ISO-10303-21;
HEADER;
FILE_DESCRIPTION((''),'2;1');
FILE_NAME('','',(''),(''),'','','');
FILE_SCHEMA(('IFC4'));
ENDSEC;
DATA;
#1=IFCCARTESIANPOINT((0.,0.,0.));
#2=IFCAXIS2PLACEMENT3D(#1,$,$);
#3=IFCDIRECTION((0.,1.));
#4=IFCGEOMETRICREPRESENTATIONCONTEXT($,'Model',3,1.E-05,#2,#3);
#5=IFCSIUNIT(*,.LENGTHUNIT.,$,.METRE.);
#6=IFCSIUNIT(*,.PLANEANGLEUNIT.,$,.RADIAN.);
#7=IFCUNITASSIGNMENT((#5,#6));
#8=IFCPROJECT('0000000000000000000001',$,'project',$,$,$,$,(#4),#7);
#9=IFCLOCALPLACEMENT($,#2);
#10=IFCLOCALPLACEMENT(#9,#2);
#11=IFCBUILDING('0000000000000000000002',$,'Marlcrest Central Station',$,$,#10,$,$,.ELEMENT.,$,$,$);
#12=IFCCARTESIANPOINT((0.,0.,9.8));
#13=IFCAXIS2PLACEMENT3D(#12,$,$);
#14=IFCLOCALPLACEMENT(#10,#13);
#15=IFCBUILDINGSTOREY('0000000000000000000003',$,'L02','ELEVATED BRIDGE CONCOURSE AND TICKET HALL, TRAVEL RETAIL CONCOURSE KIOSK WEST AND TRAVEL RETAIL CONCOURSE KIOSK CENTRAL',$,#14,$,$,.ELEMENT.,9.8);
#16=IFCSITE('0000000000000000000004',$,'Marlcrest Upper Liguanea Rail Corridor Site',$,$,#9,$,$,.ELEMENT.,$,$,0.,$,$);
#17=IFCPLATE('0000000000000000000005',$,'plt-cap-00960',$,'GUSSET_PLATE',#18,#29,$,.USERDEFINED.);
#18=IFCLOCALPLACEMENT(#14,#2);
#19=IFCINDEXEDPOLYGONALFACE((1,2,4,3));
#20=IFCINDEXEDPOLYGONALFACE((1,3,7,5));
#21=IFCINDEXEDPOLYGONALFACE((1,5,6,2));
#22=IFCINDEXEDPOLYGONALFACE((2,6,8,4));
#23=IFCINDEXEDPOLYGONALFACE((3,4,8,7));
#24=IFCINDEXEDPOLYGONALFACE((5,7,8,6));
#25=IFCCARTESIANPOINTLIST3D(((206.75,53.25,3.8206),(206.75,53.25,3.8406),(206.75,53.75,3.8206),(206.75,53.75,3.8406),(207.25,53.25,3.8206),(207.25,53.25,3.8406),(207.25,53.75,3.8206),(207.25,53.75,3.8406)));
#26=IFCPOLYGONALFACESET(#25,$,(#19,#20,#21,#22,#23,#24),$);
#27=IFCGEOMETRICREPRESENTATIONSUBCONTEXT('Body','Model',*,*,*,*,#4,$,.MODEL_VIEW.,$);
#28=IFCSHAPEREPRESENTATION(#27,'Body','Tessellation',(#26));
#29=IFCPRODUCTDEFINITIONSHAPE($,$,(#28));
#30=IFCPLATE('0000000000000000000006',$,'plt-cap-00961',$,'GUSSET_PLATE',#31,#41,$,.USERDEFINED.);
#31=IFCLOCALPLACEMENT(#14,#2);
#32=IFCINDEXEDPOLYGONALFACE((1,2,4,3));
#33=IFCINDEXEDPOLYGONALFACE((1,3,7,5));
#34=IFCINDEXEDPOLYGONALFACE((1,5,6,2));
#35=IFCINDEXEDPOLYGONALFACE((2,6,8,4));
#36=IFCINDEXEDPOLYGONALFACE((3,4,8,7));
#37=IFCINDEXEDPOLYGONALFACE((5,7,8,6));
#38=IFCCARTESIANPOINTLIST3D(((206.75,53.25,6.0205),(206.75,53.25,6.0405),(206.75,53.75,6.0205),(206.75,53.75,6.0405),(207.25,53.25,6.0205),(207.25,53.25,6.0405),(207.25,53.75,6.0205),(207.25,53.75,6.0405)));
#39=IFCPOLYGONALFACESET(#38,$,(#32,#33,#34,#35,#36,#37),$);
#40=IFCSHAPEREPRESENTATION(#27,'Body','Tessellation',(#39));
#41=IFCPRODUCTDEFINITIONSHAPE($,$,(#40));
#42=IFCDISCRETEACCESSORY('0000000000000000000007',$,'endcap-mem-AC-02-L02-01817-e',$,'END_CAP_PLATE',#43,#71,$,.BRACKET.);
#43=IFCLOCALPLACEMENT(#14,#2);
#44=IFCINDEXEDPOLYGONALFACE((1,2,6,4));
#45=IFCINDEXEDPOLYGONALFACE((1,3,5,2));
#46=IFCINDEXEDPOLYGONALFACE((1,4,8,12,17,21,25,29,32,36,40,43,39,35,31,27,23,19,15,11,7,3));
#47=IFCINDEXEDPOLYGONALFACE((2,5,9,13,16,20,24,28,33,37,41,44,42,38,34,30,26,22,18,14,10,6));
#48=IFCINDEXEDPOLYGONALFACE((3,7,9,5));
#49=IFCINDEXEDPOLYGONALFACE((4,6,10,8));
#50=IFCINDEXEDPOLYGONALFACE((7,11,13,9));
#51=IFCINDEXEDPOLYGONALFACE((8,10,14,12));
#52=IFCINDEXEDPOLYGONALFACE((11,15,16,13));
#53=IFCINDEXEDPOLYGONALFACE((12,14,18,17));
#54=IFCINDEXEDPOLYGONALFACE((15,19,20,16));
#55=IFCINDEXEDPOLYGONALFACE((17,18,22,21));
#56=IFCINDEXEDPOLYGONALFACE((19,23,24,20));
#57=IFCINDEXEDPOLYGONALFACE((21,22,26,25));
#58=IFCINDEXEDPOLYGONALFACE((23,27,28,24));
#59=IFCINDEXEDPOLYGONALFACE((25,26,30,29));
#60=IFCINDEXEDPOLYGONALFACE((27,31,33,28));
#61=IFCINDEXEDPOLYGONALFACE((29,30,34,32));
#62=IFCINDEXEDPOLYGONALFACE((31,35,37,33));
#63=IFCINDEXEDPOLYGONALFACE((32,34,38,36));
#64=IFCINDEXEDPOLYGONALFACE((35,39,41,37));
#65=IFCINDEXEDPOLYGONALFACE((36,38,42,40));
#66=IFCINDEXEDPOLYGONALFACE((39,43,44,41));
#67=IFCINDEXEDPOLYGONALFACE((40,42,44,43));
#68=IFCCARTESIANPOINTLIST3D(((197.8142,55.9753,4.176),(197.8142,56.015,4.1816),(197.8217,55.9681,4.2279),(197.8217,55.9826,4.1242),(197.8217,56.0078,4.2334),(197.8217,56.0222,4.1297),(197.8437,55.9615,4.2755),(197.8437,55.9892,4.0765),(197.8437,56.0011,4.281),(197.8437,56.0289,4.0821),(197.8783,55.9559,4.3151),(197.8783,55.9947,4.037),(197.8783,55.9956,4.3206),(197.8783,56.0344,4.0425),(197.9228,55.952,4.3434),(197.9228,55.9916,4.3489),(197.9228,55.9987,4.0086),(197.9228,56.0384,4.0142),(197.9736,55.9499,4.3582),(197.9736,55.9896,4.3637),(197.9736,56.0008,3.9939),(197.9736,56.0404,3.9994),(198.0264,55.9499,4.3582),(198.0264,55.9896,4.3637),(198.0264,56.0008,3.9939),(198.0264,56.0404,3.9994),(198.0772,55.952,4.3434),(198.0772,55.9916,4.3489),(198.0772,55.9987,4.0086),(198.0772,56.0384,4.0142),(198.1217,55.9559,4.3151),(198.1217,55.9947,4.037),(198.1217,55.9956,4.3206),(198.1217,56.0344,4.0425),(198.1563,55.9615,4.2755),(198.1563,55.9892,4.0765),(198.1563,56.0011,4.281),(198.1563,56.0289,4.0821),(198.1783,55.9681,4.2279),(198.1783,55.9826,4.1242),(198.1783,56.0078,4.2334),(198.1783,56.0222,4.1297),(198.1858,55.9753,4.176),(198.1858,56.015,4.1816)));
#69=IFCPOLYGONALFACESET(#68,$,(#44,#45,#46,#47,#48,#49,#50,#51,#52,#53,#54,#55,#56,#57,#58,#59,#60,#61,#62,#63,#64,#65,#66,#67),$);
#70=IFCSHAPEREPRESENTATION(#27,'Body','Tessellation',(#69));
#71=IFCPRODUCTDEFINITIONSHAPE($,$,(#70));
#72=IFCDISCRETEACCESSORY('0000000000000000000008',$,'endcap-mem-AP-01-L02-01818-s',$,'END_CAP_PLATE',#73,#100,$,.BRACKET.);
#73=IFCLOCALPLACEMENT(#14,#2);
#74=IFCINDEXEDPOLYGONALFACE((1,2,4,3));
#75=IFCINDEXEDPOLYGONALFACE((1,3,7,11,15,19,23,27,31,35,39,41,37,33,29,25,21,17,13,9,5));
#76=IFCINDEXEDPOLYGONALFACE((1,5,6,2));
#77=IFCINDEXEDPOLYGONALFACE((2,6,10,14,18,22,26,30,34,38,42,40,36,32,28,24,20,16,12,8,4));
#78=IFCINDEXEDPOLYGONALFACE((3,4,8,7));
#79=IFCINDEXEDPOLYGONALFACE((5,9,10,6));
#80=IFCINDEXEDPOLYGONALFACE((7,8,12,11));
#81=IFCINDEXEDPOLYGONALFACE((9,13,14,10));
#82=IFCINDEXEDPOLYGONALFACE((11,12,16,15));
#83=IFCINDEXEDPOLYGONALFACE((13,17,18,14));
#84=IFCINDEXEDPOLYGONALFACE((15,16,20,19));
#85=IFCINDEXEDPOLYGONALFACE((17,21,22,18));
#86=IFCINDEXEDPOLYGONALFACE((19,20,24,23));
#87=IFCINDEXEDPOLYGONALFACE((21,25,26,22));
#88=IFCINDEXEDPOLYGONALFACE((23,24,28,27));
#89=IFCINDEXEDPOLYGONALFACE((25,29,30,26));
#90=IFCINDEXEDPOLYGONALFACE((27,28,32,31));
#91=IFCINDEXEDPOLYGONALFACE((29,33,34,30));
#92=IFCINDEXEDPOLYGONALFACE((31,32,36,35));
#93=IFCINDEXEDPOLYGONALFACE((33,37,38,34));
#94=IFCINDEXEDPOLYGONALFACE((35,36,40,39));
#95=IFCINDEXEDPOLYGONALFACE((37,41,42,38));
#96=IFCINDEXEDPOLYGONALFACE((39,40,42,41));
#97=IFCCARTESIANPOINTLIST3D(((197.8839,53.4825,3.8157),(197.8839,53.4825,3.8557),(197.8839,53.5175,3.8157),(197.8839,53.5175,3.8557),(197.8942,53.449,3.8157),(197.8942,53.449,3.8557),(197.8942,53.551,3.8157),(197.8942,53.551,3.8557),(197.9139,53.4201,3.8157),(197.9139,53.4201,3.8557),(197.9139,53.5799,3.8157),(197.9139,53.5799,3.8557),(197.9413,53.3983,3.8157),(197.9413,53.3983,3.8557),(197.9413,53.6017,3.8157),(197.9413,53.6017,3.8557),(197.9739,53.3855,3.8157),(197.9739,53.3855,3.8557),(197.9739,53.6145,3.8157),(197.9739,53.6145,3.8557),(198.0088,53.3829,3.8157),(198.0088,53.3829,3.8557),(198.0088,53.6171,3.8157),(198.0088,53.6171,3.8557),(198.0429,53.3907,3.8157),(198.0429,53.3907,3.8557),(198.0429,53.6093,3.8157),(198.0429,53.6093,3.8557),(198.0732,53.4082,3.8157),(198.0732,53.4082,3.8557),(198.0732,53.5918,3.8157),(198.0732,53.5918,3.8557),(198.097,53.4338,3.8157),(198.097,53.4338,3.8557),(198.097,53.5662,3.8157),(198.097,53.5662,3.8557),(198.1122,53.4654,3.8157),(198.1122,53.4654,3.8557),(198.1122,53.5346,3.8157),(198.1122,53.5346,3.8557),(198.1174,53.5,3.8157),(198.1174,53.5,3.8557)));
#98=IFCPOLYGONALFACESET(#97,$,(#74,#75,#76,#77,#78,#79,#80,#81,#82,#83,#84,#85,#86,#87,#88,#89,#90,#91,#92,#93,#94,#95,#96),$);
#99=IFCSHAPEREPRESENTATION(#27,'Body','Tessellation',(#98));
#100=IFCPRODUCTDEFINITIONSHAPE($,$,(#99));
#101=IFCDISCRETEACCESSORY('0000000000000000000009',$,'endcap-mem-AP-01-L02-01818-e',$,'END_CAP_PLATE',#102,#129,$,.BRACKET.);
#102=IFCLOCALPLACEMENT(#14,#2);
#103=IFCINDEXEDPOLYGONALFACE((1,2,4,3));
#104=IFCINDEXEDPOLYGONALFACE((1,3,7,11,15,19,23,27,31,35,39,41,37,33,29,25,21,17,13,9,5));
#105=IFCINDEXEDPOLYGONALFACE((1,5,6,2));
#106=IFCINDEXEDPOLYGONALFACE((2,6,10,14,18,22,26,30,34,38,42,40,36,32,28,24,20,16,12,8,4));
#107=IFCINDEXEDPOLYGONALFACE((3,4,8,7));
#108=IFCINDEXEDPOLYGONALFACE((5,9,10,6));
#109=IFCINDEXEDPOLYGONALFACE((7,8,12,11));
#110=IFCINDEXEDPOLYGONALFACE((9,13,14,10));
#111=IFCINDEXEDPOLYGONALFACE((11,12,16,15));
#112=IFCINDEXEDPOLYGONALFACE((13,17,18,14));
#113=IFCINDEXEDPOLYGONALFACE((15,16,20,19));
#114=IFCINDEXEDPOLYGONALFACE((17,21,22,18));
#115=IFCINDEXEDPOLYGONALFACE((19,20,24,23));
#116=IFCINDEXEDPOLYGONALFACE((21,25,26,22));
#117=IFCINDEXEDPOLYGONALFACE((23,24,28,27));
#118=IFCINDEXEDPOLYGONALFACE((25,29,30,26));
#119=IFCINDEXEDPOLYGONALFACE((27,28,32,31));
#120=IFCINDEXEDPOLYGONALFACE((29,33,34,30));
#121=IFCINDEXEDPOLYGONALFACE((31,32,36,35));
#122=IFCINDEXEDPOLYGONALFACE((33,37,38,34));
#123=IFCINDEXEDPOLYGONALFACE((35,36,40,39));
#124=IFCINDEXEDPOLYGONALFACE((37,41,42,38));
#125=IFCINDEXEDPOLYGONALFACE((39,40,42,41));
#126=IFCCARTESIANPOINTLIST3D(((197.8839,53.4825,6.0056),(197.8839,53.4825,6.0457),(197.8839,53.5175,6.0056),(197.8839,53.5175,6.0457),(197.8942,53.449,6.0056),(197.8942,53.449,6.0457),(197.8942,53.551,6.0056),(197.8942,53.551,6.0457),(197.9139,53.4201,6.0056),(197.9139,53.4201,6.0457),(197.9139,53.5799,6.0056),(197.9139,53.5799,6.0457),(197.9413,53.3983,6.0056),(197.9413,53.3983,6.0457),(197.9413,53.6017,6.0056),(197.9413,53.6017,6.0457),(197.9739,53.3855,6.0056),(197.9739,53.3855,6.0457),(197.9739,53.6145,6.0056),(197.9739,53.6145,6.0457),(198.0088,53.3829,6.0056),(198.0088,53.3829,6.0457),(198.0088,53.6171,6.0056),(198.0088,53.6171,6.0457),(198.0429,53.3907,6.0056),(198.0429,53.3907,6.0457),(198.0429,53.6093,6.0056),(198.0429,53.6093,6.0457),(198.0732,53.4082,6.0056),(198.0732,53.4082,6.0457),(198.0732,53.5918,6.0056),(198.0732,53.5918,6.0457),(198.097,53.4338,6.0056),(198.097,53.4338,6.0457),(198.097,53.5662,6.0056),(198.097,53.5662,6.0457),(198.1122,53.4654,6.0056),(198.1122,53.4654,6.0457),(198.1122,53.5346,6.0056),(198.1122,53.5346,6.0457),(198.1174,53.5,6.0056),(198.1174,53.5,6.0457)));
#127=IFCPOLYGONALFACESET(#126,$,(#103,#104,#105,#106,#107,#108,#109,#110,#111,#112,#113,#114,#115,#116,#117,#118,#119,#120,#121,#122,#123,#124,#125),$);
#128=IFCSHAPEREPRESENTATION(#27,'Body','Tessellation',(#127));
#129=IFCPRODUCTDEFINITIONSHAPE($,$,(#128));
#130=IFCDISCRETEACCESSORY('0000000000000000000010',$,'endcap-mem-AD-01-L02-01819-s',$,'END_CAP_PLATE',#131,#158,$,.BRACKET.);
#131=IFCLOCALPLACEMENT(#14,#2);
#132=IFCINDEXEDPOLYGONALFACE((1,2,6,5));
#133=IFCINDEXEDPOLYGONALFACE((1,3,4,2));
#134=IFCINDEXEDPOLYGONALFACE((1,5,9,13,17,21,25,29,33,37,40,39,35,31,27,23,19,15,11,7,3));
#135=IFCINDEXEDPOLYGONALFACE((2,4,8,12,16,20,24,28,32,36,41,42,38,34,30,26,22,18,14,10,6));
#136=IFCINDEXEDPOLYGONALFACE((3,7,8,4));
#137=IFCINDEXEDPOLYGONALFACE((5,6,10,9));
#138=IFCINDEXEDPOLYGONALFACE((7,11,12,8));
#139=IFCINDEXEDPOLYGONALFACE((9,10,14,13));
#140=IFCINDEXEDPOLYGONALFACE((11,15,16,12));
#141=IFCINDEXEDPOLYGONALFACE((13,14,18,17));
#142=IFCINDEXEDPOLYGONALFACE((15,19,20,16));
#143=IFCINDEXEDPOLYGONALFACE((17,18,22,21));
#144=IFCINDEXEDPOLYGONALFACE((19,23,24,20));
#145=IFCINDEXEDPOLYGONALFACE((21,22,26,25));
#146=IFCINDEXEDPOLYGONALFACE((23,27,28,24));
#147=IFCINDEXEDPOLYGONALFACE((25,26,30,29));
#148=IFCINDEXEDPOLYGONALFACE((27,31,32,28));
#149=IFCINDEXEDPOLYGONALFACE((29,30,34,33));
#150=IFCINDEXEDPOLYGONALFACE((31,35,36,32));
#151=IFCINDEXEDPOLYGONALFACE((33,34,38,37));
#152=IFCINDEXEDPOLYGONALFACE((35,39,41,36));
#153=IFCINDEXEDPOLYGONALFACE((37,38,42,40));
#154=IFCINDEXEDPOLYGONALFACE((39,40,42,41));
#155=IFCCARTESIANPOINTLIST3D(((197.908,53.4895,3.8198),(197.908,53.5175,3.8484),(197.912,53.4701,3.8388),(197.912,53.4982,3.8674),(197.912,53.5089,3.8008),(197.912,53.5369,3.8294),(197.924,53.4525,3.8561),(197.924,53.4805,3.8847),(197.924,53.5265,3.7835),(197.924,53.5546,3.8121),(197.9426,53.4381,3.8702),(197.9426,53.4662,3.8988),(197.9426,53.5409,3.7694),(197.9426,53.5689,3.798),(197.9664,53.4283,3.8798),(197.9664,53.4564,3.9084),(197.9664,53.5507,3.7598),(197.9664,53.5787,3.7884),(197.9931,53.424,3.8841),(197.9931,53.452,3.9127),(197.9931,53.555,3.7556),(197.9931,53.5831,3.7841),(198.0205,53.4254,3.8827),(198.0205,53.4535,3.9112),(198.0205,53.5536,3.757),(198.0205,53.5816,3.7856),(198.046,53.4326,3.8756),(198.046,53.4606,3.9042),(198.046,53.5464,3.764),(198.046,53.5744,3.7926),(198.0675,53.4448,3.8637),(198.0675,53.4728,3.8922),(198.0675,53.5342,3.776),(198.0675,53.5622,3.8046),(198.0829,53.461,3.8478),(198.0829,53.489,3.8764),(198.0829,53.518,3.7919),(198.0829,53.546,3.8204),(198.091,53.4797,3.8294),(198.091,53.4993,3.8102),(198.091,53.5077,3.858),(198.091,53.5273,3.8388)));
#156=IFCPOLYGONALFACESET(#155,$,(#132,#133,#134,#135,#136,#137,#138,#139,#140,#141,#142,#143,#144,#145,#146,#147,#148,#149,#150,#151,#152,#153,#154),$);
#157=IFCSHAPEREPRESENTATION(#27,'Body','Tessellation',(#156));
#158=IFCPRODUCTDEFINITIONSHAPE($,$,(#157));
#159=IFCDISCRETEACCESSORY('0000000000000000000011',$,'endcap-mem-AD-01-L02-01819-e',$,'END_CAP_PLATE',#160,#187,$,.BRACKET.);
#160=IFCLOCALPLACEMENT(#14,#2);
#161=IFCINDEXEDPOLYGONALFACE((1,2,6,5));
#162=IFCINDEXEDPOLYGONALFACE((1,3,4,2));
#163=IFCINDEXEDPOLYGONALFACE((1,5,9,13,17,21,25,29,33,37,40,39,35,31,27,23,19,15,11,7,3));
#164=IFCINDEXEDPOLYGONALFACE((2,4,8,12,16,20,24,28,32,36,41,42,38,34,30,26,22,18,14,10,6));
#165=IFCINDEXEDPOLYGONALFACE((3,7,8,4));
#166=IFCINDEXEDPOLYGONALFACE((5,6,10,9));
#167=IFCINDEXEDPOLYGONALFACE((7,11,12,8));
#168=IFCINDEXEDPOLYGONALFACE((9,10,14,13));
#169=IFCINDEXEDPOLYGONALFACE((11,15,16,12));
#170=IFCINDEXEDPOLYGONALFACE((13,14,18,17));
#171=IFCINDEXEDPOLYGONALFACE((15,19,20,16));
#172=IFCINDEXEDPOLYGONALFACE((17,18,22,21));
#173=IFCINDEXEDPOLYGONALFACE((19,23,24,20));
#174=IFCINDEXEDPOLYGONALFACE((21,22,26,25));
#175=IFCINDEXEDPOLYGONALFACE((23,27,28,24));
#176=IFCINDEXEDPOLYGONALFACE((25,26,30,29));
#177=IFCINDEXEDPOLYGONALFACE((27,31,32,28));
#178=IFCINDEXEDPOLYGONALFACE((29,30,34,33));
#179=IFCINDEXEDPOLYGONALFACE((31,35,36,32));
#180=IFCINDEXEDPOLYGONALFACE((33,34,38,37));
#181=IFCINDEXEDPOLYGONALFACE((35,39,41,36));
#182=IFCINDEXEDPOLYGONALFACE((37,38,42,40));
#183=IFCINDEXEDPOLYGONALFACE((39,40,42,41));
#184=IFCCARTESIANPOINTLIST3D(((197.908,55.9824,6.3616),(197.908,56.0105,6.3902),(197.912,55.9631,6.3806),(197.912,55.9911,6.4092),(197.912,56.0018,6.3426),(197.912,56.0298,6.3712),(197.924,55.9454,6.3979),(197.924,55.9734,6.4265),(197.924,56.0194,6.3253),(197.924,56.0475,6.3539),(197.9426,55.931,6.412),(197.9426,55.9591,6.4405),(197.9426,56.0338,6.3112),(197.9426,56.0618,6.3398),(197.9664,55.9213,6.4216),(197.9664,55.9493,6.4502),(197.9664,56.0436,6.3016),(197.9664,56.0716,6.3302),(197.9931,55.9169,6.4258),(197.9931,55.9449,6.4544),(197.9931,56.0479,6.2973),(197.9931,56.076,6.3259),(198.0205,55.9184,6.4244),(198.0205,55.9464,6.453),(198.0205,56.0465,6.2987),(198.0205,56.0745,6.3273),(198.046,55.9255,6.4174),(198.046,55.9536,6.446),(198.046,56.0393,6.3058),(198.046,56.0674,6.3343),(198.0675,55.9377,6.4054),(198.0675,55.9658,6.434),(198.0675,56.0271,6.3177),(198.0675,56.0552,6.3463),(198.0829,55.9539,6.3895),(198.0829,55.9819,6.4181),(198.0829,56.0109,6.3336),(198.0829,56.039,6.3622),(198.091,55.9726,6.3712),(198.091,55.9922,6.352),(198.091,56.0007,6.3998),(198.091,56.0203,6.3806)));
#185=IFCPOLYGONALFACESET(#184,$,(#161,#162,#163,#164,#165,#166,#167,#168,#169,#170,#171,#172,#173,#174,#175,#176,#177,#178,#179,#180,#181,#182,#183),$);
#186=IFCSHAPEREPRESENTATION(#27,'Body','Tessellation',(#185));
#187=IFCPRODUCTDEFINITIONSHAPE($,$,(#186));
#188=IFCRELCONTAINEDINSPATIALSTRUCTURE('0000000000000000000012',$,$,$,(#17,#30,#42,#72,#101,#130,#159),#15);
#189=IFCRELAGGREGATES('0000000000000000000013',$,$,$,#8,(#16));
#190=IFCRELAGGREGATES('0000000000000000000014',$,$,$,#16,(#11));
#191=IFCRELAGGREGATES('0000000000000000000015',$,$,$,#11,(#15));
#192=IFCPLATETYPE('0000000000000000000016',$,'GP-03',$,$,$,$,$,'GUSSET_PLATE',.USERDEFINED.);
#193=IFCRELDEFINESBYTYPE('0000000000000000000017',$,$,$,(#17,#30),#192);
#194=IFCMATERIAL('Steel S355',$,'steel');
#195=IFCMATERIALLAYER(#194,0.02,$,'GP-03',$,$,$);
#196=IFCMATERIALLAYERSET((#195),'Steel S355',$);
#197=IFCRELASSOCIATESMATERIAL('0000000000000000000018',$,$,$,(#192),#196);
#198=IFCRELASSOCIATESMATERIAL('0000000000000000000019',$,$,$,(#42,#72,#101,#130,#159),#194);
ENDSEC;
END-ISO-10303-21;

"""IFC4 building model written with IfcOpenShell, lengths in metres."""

from ifc_helpers import new_model, si_unit, direction, frame, origin, origin_2d, place, context, subcontext, project, spatial, rectangle, circle, extrude, material, layer, layer_set, type_object, element, save


model = new_model("IFC4")

# Units and contexts
model_context = context("Model", 3, precision=1e-05, world=origin(), true_north=direction((0.0, 1.0)))
body_context = subcontext(model_context, "Body", "Model", "MODEL_VIEW")
ifc_project = project(units=[si_unit("LENGTHUNIT", "METRE"), si_unit("PLANEANGLEUNIT", "RADIAN")], contexts=[model_context])

# Site, building, storey
site_placement = place(None, origin())
site = spatial("IfcSite", under=ifc_project, at=site_placement, Name="Marlcrest Upper Liguanea Rail Corridor Site", CompositionType="ELEMENT", RefElevation=0.0)
building_placement = place(site_placement, origin())
building = spatial("IfcBuilding", under=site, at=building_placement, Name="Marlcrest Central Station", CompositionType="ELEMENT")
storey_placement = place(building_placement, frame((0.0, 0.0, 9.8)))
storey = spatial("IfcBuildingStorey", under=building, at=storey_placement, Name="L02", Description="ELEVATED BRIDGE CONCOURSE AND TICKET HALL, TRAVEL RETAIL CONCOURSE KIOSK WEST AND TRAVEL RETAIL CONCOURSE KIOSK CENTRAL", CompositionType="ELEMENT", Elevation=9.8)

# Shared definitions
ifc_material = material(Name="Steel S355", Category="steel")

# Plates
ifc_layer = layer(ifc_material, 0.02, Name="GP-03")
ifc_layer_set = layer_set([ifc_layer], Name="Steel S355")
plate_type = type_object("IfcPlateType", Name="GP-03", ElementType="GUSSET_PLATE", PredefinedType="USERDEFINED", material=ifc_layer_set)
for number, where, z_axis, x_axis, name in (
    (1, (207.0, 53.5, 3.8206), (0.0, 0.0, 1.0), (1.0, 0.0, 0.0), "plt-cap-00960"),
    (2, (207.0, 53.5, 6.0205), (0.0, 0.0, 1.0), (1.0, 0.0, 0.0), "plt-cap-00961"),
):
    element("IfcPlate", number, at=place(storey_placement, frame(where, z_axis=z_axis, x_axis=x_axis)), inside=storey, type_object=plate_type, Name=name, ObjectType="GUSSET_PLATE", PredefinedType="USERDEFINED", context=body_context, shape_type="SweptSolid", body=[
        extrude(rectangle(XDim=0.5, YDim=0.5, at=origin_2d()), origin(), (0.0, 0.0, 1.0), 0.02),
    ])

# Discrete accessories
discrete_accessory_1_placement = place(storey_placement, frame((198.0, 55.9753, 4.176), z_axis=(0.0, 0.990403, 0.138211), x_axis=(-1.0, 0.0, 0.0)))
element("IfcDiscreteAccessory", 3, at=discrete_accessory_1_placement, inside=storey, material=ifc_material, Name="endcap-mem-AC-02-L02-01817-e", ObjectType="END_CAP_PLATE", PredefinedType="BRACKET", context=body_context, shape_type="SweptSolid", body=[
    extrude(circle(Radius=0.1858, at=origin_2d()), origin(), (0.0, 0.0, 1.0), 0.04),
])
for number, where, z_axis, x_axis, name in (
    (4, (198.0, 53.5, 3.8157), (0.0, 0.0, 1.0), (1.0, 0.0, 0.0), "endcap-mem-AP-01-L02-01818-s"),
    (5, (198.0, 53.5, 6.0056), (0.0, 0.0, 1.0), (1.0, 0.0, 0.0), "endcap-mem-AP-01-L02-01818-e"),
):
    element("IfcDiscreteAccessory", number, at=place(storey_placement, frame(where, z_axis=z_axis, x_axis=x_axis)), inside=storey, material=ifc_material, Name=name, ObjectType="END_CAP_PLATE", PredefinedType="BRACKET", context=body_context, shape_type="SweptSolid", body=[
        extrude(circle(Radius=0.1174, at=origin_2d()), origin(), (0.0, 0.0, 1.0), 0.04),
    ])
for number, where, z_axis, x_axis, name in (
    (6, (198.0, 53.4895, 3.8198), (0.0, 0.700235, 0.713912), (-1.0, 0.0, 0.0), "endcap-mem-AD-01-L02-01819-s"),
    (7, (198.0, 55.9824, 6.3616), (0.0, 0.700235, 0.713912), (-1.0, 0.0, 0.0), "endcap-mem-AD-01-L02-01819-e"),
):
    element("IfcDiscreteAccessory", number, at=place(storey_placement, frame(where, z_axis=z_axis, x_axis=x_axis)), inside=storey, material=ifc_material, Name=name, ObjectType="END_CAP_PLATE", PredefinedType="BRACKET", context=body_context, shape_type="SweptSolid", body=[
        extrude(circle(Radius=0.092, at=origin_2d()), origin(), (0.0, 0.0, 1.0), 0.04),
    ])

save(model, "model.ifc")
